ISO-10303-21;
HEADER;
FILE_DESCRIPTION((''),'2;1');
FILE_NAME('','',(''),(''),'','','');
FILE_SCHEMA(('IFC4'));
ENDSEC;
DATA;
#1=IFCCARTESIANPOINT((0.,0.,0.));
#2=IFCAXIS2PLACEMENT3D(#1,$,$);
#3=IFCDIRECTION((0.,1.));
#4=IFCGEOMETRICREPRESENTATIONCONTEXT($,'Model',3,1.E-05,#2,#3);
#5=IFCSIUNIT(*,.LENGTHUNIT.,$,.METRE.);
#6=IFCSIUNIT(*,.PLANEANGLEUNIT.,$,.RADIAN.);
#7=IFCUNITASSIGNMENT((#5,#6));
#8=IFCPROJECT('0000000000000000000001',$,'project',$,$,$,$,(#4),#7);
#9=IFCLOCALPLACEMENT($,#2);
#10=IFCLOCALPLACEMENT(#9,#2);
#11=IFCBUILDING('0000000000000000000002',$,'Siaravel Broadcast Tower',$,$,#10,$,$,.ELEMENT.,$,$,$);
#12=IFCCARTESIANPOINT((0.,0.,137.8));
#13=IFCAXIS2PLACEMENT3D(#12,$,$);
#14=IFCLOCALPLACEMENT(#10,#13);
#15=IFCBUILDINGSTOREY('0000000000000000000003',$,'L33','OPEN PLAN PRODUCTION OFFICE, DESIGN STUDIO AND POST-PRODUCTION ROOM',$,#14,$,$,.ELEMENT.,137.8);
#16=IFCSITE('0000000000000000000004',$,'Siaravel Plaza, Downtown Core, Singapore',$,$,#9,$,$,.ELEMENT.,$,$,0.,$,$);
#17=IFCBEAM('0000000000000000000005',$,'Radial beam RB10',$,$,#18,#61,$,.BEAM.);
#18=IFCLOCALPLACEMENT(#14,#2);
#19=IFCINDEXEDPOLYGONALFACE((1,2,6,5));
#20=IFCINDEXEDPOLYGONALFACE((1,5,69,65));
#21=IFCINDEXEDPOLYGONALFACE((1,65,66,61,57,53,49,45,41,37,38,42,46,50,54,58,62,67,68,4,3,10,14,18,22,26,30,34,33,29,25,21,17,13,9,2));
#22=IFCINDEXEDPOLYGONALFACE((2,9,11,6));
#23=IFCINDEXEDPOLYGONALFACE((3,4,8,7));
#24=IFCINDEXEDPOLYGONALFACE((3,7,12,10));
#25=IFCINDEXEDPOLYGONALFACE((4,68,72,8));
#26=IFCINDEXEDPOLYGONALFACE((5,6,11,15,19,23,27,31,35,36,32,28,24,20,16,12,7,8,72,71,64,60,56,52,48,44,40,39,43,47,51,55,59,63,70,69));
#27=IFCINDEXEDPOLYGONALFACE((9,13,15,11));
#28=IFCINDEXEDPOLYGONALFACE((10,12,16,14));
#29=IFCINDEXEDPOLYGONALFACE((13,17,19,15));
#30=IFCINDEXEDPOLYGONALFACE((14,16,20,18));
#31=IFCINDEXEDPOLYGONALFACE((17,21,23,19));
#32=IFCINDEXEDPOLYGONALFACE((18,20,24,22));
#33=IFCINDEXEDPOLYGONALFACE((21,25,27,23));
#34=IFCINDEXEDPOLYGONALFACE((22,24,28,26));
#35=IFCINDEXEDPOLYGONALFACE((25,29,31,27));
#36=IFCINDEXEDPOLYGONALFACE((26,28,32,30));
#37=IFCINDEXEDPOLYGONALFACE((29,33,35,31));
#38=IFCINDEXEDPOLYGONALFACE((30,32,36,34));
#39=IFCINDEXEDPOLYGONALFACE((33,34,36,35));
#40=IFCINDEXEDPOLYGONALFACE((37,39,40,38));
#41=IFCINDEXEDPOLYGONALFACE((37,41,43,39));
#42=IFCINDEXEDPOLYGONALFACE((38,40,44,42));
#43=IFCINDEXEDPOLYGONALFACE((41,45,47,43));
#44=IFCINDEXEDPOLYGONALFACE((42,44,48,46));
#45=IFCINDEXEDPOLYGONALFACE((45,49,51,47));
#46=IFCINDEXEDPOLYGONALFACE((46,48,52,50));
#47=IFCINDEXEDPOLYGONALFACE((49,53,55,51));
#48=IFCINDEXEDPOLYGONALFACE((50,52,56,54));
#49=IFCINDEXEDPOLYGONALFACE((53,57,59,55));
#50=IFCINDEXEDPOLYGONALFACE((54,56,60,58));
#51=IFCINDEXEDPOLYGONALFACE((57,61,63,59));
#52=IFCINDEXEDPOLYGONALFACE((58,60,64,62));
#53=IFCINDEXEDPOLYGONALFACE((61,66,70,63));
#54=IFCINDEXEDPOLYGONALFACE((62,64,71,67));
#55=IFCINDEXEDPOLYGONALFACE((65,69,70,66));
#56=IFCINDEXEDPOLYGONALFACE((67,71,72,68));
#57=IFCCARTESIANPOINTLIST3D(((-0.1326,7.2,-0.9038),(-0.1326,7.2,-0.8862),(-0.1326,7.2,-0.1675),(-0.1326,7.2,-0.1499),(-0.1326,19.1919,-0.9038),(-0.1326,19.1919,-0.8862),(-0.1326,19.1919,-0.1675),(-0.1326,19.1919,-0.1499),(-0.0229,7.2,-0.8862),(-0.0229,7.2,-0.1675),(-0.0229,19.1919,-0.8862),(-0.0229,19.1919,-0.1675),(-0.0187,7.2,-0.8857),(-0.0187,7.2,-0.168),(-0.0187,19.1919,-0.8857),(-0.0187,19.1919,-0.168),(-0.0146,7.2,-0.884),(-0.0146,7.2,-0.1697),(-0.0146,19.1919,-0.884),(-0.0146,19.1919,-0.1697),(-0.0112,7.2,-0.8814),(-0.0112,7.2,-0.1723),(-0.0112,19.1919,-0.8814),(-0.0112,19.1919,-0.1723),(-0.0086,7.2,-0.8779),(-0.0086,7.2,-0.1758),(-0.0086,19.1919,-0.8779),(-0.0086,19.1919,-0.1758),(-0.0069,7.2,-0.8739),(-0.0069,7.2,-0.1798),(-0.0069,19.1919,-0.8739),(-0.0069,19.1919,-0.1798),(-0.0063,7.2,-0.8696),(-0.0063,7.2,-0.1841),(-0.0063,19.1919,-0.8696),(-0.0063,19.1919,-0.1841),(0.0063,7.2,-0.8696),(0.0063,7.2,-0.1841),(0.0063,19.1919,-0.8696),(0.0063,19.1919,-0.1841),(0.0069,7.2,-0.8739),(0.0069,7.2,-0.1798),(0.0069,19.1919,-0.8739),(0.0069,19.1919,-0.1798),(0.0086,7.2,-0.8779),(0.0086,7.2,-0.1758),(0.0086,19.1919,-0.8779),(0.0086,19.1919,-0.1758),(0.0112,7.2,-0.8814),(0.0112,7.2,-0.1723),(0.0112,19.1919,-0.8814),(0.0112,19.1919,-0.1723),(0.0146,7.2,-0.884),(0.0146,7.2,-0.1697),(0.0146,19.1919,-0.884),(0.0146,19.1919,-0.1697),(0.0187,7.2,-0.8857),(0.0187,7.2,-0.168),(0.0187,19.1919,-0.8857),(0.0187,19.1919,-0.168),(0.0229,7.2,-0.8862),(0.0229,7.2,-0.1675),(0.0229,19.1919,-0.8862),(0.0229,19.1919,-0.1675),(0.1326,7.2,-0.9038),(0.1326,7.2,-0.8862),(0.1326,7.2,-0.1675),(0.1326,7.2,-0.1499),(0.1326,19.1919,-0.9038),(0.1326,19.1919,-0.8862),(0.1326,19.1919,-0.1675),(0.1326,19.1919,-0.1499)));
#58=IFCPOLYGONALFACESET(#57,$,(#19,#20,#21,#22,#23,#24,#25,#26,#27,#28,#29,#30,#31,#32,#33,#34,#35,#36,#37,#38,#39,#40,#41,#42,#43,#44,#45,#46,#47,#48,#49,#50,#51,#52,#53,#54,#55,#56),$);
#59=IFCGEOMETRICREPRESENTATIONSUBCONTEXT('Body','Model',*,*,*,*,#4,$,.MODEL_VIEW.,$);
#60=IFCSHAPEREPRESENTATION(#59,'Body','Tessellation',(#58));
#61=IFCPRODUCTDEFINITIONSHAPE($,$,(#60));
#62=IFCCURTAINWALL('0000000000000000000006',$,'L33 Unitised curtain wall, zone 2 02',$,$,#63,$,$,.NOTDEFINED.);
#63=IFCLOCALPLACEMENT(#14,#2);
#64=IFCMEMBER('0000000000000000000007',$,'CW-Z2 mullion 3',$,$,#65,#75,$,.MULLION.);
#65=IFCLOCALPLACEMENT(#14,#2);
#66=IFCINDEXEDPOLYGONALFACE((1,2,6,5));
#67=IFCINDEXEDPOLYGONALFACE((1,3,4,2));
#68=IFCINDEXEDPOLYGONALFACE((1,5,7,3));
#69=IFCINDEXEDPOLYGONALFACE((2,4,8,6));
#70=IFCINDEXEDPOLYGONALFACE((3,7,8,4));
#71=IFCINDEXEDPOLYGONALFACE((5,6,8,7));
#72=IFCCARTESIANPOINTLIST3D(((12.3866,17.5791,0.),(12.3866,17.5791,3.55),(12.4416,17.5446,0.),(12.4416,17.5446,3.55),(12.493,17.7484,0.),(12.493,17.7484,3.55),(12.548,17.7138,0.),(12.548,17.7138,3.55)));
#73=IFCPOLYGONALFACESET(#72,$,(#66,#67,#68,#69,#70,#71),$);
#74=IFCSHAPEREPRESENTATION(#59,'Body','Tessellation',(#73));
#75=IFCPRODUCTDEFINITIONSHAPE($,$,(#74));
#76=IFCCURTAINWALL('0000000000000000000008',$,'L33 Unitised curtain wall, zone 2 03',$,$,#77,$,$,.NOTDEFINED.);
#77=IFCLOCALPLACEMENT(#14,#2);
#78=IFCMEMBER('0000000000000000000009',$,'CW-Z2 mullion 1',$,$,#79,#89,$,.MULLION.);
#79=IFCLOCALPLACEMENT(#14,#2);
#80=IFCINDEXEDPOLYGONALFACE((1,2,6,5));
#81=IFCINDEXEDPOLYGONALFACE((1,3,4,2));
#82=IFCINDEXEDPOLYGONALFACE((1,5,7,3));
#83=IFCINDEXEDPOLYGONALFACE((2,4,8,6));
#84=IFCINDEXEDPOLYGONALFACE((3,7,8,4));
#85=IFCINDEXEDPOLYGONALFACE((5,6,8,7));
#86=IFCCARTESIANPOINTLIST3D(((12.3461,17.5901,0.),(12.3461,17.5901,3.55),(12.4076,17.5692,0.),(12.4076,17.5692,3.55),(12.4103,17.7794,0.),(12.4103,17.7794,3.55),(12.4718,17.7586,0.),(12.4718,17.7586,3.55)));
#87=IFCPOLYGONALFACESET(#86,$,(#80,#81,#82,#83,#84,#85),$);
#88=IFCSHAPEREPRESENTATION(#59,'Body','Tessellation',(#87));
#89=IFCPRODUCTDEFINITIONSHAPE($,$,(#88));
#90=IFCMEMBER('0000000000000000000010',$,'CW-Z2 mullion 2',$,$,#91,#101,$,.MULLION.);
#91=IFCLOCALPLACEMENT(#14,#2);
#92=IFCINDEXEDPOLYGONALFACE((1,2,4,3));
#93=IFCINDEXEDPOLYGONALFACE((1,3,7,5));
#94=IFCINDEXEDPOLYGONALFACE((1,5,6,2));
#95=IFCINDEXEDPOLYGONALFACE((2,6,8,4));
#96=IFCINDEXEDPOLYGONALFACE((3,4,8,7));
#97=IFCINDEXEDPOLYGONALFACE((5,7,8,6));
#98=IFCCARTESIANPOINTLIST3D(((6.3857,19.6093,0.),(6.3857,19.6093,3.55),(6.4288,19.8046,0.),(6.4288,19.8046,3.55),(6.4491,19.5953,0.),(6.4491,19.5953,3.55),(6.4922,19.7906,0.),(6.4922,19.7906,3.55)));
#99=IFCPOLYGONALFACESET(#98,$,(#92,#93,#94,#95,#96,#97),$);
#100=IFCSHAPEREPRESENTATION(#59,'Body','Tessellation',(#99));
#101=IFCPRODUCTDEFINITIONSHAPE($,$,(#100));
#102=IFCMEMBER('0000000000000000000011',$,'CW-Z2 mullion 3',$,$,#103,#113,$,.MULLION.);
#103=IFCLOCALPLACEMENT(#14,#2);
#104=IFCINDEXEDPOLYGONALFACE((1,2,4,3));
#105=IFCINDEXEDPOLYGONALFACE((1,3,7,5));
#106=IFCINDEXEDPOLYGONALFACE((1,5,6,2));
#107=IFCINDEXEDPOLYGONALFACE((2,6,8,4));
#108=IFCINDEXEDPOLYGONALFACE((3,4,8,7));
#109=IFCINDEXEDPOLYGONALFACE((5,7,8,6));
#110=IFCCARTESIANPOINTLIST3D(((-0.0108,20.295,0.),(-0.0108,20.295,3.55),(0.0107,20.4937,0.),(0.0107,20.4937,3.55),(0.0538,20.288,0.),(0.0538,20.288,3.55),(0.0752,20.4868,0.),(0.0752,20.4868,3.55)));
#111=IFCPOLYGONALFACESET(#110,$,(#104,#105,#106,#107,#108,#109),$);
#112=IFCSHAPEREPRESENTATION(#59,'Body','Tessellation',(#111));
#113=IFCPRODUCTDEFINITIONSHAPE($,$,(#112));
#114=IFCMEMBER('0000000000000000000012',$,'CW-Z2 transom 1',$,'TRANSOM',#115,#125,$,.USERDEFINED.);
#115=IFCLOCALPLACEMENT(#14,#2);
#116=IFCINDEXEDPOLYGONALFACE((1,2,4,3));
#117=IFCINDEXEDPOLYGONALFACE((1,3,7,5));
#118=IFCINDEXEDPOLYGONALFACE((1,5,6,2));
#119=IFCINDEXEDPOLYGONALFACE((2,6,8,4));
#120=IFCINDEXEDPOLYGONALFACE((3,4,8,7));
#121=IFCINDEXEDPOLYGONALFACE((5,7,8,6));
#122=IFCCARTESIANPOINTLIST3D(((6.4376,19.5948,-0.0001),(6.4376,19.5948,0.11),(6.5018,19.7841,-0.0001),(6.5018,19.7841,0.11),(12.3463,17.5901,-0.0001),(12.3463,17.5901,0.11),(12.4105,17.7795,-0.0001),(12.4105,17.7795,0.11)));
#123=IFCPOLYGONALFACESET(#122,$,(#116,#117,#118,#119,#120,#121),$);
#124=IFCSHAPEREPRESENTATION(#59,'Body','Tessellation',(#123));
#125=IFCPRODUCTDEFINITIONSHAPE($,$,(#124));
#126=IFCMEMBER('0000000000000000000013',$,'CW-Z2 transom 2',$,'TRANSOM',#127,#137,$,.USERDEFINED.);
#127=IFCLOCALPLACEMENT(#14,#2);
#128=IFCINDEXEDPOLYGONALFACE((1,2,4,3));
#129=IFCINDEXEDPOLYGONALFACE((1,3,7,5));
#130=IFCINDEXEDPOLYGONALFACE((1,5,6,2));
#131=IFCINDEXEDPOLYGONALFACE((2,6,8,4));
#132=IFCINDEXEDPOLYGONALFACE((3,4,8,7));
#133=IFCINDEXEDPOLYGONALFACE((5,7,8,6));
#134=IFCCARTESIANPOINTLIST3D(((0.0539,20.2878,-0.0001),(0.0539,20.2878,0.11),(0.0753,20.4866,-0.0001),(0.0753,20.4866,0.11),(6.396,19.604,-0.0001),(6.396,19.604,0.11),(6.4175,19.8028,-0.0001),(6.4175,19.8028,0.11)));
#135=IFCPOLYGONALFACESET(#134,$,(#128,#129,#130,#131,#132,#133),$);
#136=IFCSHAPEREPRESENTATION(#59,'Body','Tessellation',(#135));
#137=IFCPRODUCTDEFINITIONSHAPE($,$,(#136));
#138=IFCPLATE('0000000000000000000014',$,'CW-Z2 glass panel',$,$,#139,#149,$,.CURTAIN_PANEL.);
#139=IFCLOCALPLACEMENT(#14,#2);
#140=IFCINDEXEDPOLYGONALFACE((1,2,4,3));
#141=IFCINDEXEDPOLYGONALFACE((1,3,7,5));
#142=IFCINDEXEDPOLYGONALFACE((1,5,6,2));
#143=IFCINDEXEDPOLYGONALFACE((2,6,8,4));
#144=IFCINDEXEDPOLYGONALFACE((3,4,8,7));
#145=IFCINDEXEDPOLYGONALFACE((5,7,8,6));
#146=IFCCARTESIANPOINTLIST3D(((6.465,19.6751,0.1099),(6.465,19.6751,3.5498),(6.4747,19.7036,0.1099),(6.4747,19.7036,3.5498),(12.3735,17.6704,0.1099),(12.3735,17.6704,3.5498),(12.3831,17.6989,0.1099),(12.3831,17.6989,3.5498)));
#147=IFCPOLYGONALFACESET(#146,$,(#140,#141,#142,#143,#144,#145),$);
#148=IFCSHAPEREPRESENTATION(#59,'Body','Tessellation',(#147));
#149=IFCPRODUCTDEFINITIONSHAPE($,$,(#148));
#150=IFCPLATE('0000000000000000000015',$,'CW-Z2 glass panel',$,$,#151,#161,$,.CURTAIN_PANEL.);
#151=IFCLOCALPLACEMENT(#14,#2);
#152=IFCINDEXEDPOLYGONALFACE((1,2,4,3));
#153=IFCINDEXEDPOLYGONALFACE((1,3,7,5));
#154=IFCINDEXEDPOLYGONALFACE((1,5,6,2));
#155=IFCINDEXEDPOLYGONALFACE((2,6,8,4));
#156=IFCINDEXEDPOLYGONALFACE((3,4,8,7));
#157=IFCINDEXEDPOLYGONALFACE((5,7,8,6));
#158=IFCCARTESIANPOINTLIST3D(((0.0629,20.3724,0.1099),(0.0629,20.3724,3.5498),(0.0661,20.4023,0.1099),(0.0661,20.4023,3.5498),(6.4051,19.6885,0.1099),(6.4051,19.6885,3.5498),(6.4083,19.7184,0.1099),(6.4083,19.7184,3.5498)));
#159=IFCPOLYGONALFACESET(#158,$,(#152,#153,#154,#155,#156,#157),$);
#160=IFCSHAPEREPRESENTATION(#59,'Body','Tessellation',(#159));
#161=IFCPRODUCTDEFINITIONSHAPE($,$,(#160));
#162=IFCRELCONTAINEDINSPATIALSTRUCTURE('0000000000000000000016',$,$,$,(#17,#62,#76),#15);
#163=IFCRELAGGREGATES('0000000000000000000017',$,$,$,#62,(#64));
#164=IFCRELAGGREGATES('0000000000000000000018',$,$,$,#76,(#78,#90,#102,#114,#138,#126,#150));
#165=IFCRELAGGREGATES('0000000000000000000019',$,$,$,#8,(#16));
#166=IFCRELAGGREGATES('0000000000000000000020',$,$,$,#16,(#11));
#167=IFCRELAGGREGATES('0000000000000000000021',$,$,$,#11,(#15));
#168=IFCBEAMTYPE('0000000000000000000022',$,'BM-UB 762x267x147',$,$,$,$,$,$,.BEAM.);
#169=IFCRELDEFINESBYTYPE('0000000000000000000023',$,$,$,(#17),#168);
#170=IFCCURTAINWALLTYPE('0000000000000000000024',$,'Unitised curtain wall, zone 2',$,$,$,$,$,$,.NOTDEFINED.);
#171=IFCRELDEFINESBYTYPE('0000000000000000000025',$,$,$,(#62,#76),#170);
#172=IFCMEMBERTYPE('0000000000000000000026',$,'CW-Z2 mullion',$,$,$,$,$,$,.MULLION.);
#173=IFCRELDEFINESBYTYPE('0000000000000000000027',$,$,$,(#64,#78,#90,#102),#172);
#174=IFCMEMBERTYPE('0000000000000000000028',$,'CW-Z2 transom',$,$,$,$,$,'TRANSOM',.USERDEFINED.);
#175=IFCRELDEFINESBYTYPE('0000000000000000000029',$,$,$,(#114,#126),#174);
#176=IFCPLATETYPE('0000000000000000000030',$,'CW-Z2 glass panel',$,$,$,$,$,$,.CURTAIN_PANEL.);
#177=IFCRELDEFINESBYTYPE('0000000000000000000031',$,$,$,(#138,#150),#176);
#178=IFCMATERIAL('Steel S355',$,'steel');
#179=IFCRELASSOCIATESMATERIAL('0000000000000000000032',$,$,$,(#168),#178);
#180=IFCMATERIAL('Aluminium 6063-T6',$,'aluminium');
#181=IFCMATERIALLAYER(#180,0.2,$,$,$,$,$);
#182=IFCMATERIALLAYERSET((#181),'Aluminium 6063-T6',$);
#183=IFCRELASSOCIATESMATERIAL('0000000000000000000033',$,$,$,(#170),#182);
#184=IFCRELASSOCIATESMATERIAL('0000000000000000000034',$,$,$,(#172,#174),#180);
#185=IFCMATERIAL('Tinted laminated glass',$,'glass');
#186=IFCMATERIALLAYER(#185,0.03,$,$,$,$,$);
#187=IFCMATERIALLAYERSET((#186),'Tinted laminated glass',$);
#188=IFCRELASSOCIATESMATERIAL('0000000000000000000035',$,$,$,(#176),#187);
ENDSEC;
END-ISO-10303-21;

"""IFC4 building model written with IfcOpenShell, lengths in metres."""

from ifc_helpers import new_model, si_unit, direction, frame, origin, origin_2d, place, context, subcontext, project, spatial, rectangle, i_section, extrude, material, layer, layer_set, material_profile, profile_set, type_object, element, aggregate, save


model = new_model("IFC4")

# Units and contexts
model_context = context("Model", 3, precision=1e-05, world=origin(), true_north=direction((0.0, 1.0)))
body_context = subcontext(model_context, "Body", "Model", "MODEL_VIEW")
ifc_project = project(units=[si_unit("LENGTHUNIT", "METRE"), si_unit("PLANEANGLEUNIT", "RADIAN")], contexts=[model_context])

# Site, building, storey
site_placement = place(None, origin())
site = spatial("IfcSite", under=ifc_project, at=site_placement, Name="Siaravel Plaza, Downtown Core, Singapore", CompositionType="ELEMENT", RefElevation=0.0)
building_placement = place(site_placement, origin())
building = spatial("IfcBuilding", under=site, at=building_placement, Name="Siaravel Broadcast Tower", CompositionType="ELEMENT")
storey_placement = place(building_placement, frame((0.0, 0.0, 137.8)))
storey = spatial("IfcBuildingStorey", under=building, at=storey_placement, Name="L33", Description="OPEN PLAN PRODUCTION OFFICE, DESIGN STUDIO AND POST-PRODUCTION ROOM", CompositionType="ELEMENT", Elevation=137.8)

# Beam
ifc_material_1 = material(Name="Steel S355", Category="steel")
ifc_material_profile_1 = material_profile(ifc_material_1, i_section(OverallWidth=0.2651, OverallDepth=0.7539, WebThickness=0.0127, FlangeThickness=0.0176, FilletRadius=0.0166, at=origin_2d()))
ifc_profile_set_1 = profile_set([ifc_material_profile_1], Name="Steel S355")
beam_type = type_object("IfcBeamType", Name="BM-UB 762x267x147", PredefinedType="BEAM", material=ifc_profile_set_1)
beam_1_placement = place(storey_placement, frame((0.0, 19.1919, -0.5269), z_axis=(0.0, -1.0, 0.0), x_axis=(1.0, 0.0, 0.0)))
element("IfcBeam", 1, at=beam_1_placement, inside=storey, type_object=beam_type, Name="Radial beam RB10", PredefinedType="BEAM", context=body_context, shape_type="SweptSolid", body=[
    extrude(i_section(OverallWidth=0.2651, OverallDepth=0.7539, WebThickness=0.0127, FlangeThickness=0.0176, FilletRadius=0.0166, at=origin_2d()), origin(), (0.0, 0.0, 1.0), 11.9919),
])

# Curtain wall, member
ifc_material_2 = material(Name="Aluminium 6063-T6", Category="aluminium")
ifc_layer_1 = layer(ifc_material_2, 0.2)
ifc_layer_set_1 = layer_set([ifc_layer_1], Name="Aluminium 6063-T6")
curtain_wall_type = type_object("IfcCurtainWallType", Name="Unitised curtain wall, zone 2", PredefinedType="NOTDEFINED", material=ifc_layer_set_1)
curtain_wall_1_placement = place(storey_placement, origin())
curtain_wall_1 = element("IfcCurtainWall", 2, at=curtain_wall_1_placement, inside=storey, type_object=curtain_wall_type, Name="L33 Unitised curtain wall, zone 2 02", PredefinedType="NOTDEFINED")
ifc_material_profile_2 = material_profile(ifc_material_2, rectangle(XDim=0.2, YDim=0.0649, at=origin_2d()))
ifc_profile_set_2 = profile_set([ifc_material_profile_2], Name="Aluminium 6063-T6")
member_type_1 = type_object("IfcMemberType", Name="CW-Z2 mullion", PredefinedType="MULLION", material=ifc_profile_set_2)
member_1_placement = place(storey_placement, frame((12.4673, 17.6465, 0.0), z_axis=(0.0, 0.0, 1.0), x_axis=(-0.532151, -0.846649, 0.0)))
member_1 = element("IfcMember", 3, at=member_1_placement, type_object=member_type_1, Name="CW-Z2 mullion 3", PredefinedType="MULLION", context=body_context, shape_type="SweptSolid", body=[
    extrude(rectangle(XDim=0.2, YDim=0.0649, at=origin_2d()), origin(), (0.0, 0.0, 1.0), 3.55),
])
aggregate(curtain_wall_1, [member_1])

# Curtain wall, members, plates
curtain_wall_2_placement = place(storey_placement, origin())
curtain_wall_2 = element("IfcCurtainWall", 4, at=curtain_wall_2_placement, inside=storey, type_object=curtain_wall_type, Name="L33 Unitised curtain wall, zone 2 03", PredefinedType="NOTDEFINED")
member_2_placement = place(storey_placement, frame((12.4089, 17.6743, 0.0), z_axis=(0.0, 0.0, 1.0), x_axis=(-0.321302, -0.946977, 0.0)))
member_2 = element("IfcMember", 5, at=member_2_placement, type_object=member_type_1, Name="CW-Z2 mullion 1", PredefinedType="MULLION", context=body_context, shape_type="SweptSolid", body=[
    extrude(rectangle(XDim=0.2, YDim=0.0649, at=origin_2d()), origin(), (0.0, 0.0, 1.0), 3.55),
])
member_3_placement = place(storey_placement, frame((6.439, 19.7, 0.0), z_axis=(0.0, 0.0, 1.0), x_axis=(-0.215559, -0.976491, 0.0)))
member_3 = element("IfcMember", 6, at=member_3_placement, type_object=member_type_1, Name="CW-Z2 mullion 2", PredefinedType="MULLION", context=body_context, shape_type="SweptSolid", body=[
    extrude(rectangle(XDim=0.2, YDim=0.0649, at=origin_2d()), origin(), (0.0, 0.0, 1.0), 3.55),
])
member_4_placement = place(storey_placement, frame((0.0322, 20.3909, 0.0), z_axis=(0.0, 0.0, 1.0), x_axis=(-0.107218, -0.994236, 0.0)))
member_4 = element("IfcMember", 7, at=member_4_placement, type_object=member_type_1, Name="CW-Z2 mullion 3", PredefinedType="MULLION", context=body_context, shape_type="SweptSolid", body=[
    extrude(rectangle(XDim=0.2, YDim=0.0649, at=origin_2d()), origin(), (0.0, 0.0, 1.0), 3.55),
])
ifc_material_profile_3 = material_profile(ifc_material_2, rectangle(XDim=0.2, YDim=0.1101, at=origin_2d()))
ifc_profile_set_3 = profile_set([ifc_material_profile_3], Name="Aluminium 6063-T6")
member_type_2 = type_object("IfcMemberType", Name="CW-Z2 transom", ElementType="TRANSOM", PredefinedType="USERDEFINED", material=ifc_profile_set_3)
member_5_placement = place(storey_placement, frame((12.3784, 17.6848, 0.0549), z_axis=(-0.946983, 0.321283, 0.0), x_axis=(-0.321283, -0.946983, 0.0)))
member_5 = element("IfcMember", 8, at=member_5_placement, type_object=member_type_2, Name="CW-Z2 transom 1", ObjectType="TRANSOM", PredefinedType="USERDEFINED", context=body_context, shape_type="SweptSolid", body=[
    extrude(rectangle(XDim=0.2, YDim=0.1101, at=origin_2d()), origin(), (0.0, 0.0, 1.0), 6.2395),
])
member_6_placement = place(storey_placement, frame((6.4067, 19.7034, 0.0549), z_axis=(-0.994237, 0.107205, 0.0), x_axis=(-0.107205, -0.994237, 0.0)))
member_6 = element("IfcMember", 9, at=member_6_placement, type_object=member_type_2, Name="CW-Z2 transom 2", ObjectType="TRANSOM", PredefinedType="USERDEFINED", context=body_context, shape_type="SweptSolid", body=[
    extrude(rectangle(XDim=0.2, YDim=0.1101, at=origin_2d()), origin(), (0.0, 0.0, 1.0), 6.3789),
])
ifc_material_3 = material(Name="Tinted laminated glass", Category="glass")
ifc_layer_2 = layer(ifc_material_3, 0.03)
ifc_layer_set_2 = layer_set([ifc_layer_2], Name="Tinted laminated glass")
plate_type = type_object("IfcPlateType", Name="CW-Z2 glass panel", PredefinedType="CURTAIN_PANEL", material=ifc_layer_set_2)
plate_1_placement = place(storey_placement, frame((9.4241, 18.687, 0.1099), z_axis=(0.0, 0.0, 1.0), x_axis=(-0.946977, 0.321302, 0.0)))
plate_1 = element("IfcPlate", 10, at=plate_1_placement, type_object=plate_type, Name="CW-Z2 glass panel", PredefinedType="CURTAIN_PANEL", context=body_context, shape_type="SweptSolid", body=[
    extrude(rectangle(XDim=6.2393, YDim=0.03, at=origin_2d()), origin(), (0.0, 0.0, 1.0), 3.4399),
])
plate_2_placement = place(storey_placement, frame((3.2356, 20.0454, 0.1099), z_axis=(0.0, 0.0, 1.0), x_axis=(-0.994236, 0.107218, 0.0)))
plate_2 = element("IfcPlate", 11, at=plate_2_placement, type_object=plate_type, Name="CW-Z2 glass panel", PredefinedType="CURTAIN_PANEL", context=body_context, shape_type="SweptSolid", body=[
    extrude(rectangle(XDim=6.3789, YDim=0.03, at=origin_2d()), origin(), (0.0, 0.0, 1.0), 3.4399),
])
aggregate(curtain_wall_2, [member_2, member_3, member_4, member_5, plate_1, member_6, plate_2])

save(model, "model.ifc")
